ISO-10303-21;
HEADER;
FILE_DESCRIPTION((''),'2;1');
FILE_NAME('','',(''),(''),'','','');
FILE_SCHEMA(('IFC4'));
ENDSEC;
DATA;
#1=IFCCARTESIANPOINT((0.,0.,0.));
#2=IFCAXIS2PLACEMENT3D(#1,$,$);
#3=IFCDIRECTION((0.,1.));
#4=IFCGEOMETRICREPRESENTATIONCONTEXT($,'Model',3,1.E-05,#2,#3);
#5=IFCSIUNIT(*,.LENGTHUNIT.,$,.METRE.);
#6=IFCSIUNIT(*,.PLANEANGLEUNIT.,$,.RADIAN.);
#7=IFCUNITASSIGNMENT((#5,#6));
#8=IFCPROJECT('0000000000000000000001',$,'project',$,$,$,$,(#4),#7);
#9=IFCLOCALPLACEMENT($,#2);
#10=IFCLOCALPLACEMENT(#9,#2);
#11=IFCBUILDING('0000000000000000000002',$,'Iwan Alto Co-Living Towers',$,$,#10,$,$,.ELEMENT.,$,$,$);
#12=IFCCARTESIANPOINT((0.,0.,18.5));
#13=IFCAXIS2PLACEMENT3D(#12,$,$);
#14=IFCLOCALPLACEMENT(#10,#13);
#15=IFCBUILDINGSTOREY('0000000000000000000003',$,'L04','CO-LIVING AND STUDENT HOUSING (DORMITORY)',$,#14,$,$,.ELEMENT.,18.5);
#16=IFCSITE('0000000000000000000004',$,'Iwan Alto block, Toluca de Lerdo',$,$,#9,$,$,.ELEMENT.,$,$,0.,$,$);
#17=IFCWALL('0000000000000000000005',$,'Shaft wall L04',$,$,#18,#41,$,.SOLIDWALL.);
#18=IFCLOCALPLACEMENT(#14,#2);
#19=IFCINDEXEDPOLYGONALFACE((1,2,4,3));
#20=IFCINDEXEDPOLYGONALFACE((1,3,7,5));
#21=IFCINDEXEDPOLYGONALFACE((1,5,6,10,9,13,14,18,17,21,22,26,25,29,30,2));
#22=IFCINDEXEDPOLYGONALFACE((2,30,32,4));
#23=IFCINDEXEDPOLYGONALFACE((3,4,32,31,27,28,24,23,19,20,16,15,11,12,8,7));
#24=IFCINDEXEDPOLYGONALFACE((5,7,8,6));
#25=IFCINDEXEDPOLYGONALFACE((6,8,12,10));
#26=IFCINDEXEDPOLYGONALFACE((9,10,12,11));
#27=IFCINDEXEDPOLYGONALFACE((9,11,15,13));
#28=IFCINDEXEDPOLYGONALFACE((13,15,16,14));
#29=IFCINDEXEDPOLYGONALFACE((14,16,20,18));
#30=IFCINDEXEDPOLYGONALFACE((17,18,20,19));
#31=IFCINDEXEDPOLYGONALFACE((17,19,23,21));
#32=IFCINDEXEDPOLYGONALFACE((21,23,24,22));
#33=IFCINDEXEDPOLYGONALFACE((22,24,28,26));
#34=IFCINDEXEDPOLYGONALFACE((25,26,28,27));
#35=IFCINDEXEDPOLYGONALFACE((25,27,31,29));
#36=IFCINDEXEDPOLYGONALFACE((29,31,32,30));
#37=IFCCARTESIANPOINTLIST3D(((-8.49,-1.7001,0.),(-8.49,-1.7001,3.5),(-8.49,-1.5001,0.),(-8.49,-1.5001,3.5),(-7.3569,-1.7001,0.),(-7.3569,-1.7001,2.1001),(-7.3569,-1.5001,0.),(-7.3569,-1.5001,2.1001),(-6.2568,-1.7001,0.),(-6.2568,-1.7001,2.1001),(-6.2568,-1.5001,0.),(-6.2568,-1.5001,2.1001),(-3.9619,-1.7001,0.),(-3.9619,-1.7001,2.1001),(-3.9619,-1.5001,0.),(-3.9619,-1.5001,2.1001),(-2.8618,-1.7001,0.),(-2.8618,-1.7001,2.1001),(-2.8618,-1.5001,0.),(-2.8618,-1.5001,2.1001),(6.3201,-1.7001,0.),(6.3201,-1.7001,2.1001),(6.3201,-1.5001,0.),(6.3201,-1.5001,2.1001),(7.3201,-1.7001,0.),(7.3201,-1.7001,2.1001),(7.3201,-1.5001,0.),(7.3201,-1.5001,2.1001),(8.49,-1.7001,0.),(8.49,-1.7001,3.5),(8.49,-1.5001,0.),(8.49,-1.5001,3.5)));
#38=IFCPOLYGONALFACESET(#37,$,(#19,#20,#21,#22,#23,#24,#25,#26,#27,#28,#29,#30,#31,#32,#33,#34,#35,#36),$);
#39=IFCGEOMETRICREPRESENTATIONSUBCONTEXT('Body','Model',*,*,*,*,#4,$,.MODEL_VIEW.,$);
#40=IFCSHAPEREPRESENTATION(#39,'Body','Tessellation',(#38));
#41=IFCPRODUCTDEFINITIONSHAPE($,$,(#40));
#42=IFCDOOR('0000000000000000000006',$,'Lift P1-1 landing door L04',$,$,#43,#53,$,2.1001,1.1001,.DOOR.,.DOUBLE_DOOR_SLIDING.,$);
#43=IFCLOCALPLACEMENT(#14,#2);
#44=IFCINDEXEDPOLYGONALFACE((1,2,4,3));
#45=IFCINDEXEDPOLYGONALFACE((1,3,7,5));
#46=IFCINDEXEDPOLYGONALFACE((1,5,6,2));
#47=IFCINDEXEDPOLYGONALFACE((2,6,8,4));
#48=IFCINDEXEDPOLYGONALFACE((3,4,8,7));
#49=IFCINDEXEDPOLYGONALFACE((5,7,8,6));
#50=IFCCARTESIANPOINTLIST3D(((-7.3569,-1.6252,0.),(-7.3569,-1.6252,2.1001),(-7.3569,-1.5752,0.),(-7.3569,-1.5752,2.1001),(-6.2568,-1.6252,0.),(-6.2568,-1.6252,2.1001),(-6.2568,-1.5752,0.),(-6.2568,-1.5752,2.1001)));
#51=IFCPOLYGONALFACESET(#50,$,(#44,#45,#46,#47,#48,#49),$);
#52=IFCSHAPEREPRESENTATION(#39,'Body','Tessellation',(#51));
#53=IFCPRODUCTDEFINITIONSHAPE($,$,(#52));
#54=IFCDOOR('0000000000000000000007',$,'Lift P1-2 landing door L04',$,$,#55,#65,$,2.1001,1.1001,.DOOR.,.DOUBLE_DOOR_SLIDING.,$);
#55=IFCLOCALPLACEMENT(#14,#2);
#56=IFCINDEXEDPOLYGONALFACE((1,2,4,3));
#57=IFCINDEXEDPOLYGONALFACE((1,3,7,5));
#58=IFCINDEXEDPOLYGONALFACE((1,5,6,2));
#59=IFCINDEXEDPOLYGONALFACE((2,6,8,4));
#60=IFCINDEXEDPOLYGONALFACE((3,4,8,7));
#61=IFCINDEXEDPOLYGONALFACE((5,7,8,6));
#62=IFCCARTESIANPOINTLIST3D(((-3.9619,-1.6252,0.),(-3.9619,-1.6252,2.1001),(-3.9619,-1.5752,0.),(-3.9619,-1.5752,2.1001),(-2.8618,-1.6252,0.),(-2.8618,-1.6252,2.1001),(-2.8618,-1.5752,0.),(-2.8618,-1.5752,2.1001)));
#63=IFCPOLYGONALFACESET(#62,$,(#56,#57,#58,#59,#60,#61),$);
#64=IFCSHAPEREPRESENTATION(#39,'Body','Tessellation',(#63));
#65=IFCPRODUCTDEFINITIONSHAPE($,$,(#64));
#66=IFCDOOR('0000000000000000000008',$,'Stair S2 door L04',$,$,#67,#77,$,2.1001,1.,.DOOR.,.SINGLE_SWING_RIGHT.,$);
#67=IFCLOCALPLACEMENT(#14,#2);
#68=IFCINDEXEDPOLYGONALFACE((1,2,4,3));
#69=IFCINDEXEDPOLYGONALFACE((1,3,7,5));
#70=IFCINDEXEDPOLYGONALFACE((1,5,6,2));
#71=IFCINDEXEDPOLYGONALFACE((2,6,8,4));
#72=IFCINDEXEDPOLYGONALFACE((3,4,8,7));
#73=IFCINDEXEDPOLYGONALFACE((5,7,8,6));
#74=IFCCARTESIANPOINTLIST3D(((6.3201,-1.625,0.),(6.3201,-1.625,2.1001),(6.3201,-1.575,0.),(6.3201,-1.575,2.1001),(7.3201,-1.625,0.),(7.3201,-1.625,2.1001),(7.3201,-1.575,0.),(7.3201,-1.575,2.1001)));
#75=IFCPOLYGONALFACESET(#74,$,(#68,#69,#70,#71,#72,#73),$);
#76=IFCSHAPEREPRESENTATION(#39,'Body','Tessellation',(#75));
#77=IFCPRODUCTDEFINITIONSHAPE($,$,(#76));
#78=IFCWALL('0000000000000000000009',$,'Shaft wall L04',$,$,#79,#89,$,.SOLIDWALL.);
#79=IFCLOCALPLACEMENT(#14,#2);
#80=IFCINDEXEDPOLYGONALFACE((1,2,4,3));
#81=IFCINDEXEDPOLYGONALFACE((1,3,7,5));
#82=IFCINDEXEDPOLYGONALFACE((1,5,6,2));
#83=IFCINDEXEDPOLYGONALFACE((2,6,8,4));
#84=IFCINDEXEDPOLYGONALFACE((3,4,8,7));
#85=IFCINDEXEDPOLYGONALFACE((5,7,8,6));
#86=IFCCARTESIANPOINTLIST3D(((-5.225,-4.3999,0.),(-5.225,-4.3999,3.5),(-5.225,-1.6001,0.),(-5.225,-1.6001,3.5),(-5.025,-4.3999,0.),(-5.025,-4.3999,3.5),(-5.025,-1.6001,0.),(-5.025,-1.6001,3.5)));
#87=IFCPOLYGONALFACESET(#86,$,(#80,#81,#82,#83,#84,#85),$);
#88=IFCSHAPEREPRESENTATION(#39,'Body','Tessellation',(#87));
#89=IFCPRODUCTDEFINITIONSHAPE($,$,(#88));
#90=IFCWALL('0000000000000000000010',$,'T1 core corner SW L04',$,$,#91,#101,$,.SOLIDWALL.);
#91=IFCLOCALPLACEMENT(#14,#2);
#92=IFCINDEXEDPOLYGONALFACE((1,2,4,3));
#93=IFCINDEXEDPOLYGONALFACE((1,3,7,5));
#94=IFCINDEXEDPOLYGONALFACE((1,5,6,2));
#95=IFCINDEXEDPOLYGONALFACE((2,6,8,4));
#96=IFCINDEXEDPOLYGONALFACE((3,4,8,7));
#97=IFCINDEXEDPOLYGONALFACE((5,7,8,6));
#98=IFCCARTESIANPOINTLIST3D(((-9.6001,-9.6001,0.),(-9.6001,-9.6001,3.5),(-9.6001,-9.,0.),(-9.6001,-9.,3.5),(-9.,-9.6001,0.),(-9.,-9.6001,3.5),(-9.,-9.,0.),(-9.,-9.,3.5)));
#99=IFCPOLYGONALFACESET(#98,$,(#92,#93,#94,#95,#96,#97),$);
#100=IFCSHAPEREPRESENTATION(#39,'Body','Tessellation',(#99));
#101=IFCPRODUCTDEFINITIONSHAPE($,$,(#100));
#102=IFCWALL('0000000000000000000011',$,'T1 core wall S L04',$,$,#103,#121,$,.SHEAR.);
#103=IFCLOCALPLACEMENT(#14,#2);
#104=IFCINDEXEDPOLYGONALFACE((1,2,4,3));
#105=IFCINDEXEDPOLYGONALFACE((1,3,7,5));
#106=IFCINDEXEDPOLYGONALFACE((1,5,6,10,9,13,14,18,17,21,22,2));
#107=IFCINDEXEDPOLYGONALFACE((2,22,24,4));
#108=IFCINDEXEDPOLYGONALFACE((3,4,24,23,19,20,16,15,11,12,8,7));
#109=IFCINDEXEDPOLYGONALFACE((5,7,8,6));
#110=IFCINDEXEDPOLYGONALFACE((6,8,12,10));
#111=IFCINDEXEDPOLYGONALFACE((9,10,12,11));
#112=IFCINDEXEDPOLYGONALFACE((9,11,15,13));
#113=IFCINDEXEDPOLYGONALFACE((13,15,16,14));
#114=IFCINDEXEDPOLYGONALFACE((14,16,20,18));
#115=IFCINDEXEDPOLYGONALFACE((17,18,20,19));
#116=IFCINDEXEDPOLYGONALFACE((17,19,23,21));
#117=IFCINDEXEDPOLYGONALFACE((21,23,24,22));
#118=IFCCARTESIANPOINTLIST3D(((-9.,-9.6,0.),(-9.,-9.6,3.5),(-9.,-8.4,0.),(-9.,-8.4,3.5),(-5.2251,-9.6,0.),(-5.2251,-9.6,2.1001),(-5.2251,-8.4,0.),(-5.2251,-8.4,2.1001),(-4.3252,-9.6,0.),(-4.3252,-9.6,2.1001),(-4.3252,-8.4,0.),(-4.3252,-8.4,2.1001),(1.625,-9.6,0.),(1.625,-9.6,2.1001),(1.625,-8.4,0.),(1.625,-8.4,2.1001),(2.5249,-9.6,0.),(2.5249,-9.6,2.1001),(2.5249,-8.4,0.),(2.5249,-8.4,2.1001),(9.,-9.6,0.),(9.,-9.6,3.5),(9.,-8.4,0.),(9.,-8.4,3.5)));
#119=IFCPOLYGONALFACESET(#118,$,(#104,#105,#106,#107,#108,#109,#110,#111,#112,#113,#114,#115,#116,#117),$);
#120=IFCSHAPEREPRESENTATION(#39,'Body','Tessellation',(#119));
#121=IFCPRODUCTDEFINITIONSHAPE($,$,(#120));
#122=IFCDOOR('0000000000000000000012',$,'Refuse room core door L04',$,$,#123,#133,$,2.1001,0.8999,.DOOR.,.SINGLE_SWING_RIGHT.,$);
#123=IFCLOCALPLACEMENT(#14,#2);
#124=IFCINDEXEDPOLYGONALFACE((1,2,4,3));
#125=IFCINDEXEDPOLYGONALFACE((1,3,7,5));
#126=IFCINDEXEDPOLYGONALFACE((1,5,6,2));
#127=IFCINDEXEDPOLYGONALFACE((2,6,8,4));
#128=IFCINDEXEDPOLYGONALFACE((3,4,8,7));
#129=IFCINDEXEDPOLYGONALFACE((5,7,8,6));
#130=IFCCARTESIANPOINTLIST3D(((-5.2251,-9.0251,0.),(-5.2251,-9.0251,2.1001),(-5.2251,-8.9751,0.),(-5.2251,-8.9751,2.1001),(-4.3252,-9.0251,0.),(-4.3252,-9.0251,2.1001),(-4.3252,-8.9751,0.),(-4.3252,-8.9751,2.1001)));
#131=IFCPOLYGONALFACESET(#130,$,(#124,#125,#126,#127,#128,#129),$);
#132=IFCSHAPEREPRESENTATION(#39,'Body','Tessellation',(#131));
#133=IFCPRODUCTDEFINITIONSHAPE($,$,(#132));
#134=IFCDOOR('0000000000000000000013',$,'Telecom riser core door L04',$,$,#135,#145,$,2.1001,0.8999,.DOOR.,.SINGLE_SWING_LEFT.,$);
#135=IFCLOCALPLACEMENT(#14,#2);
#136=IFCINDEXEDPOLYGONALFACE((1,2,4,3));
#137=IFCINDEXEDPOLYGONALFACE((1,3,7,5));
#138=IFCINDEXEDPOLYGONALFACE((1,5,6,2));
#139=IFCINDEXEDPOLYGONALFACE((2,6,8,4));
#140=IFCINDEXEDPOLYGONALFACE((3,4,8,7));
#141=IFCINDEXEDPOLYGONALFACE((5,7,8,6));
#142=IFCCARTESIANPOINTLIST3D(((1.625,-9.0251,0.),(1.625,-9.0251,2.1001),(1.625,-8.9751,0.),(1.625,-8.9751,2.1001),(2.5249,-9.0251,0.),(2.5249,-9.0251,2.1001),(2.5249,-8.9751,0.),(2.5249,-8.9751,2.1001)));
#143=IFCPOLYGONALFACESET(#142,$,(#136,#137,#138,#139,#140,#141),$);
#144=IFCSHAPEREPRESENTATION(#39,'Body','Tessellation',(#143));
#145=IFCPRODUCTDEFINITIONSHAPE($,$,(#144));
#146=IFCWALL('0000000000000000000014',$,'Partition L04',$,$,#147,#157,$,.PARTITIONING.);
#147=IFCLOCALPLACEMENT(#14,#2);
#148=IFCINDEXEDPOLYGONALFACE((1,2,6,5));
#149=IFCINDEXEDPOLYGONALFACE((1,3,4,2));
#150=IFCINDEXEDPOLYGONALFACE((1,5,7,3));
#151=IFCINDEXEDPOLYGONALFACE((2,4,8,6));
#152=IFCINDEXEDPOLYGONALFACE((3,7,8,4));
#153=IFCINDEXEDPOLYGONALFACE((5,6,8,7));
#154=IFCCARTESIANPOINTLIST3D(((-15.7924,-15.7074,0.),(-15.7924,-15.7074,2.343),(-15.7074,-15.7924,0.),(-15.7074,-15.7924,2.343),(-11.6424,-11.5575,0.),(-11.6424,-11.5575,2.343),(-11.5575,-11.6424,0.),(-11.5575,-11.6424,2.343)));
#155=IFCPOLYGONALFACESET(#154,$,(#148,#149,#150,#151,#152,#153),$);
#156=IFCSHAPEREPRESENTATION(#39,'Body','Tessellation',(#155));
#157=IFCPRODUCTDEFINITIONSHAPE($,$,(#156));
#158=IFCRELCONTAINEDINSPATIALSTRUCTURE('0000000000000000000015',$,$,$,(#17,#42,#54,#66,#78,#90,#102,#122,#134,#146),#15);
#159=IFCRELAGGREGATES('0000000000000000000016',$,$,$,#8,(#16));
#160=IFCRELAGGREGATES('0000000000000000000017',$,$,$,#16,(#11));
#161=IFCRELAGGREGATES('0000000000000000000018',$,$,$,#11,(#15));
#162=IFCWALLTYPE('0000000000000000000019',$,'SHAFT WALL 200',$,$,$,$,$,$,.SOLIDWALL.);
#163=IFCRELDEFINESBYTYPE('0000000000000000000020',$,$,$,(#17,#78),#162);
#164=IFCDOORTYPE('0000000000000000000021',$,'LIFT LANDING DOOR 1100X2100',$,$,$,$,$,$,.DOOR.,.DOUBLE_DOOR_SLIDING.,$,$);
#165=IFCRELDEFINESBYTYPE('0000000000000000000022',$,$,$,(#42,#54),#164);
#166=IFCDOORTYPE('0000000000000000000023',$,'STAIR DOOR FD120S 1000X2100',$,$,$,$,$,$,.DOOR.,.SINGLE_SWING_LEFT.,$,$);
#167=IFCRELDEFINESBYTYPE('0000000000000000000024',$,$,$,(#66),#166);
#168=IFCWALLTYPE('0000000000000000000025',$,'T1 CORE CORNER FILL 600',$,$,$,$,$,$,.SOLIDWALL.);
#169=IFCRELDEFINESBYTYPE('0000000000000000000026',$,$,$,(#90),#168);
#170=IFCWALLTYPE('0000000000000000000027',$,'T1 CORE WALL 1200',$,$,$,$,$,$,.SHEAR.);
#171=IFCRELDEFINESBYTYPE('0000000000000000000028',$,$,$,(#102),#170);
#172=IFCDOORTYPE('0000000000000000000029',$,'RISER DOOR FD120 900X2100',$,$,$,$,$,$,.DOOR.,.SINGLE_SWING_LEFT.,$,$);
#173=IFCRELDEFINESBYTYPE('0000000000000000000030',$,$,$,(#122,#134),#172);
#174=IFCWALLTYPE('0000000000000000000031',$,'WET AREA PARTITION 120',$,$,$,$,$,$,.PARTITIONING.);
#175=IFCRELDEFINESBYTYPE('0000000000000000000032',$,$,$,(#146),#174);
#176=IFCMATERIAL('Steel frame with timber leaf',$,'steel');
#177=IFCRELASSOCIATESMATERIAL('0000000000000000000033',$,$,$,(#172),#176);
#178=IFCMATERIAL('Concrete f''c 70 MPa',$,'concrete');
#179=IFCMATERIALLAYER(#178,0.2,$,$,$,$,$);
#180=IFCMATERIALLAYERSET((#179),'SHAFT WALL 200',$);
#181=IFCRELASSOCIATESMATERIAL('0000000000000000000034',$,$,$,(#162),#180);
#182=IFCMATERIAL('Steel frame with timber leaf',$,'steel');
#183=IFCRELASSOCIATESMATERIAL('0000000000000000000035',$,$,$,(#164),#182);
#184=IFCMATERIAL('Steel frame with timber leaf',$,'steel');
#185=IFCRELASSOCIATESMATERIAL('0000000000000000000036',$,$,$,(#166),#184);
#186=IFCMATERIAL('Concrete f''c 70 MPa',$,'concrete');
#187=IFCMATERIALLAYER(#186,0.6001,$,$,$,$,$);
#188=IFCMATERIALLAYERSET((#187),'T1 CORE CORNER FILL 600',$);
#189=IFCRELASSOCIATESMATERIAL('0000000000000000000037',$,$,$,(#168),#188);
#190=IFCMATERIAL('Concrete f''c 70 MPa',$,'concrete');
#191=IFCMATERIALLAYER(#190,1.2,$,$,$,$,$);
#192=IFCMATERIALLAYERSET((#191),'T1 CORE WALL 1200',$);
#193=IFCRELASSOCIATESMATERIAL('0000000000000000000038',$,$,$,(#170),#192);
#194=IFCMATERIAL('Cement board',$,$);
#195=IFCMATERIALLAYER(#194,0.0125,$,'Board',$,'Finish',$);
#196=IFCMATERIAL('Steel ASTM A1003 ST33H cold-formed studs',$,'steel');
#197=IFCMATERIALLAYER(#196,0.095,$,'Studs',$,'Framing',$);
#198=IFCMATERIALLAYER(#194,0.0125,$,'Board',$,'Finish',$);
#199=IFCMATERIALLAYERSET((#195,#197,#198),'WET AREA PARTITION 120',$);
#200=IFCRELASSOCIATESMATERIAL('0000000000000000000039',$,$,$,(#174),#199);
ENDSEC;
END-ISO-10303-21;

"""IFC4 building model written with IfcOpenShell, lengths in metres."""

from ifc_helpers import new_model, si_unit, direction, frame, frame_2d, origin, place, context, subcontext, project, spatial, rectangle, extrude, material, layer, layer_set, type_object, element, fill, save


model = new_model("IFC4")

# Units and contexts
model_context = context("Model", 3, precision=1e-05, world=origin(), true_north=direction((0.0, 1.0)))
body_context = subcontext(model_context, "Body", "Model", "MODEL_VIEW")
ifc_project = project(units=[si_unit("LENGTHUNIT", "METRE"), si_unit("PLANEANGLEUNIT", "RADIAN")], contexts=[model_context])

# Site, building, storey
site_placement = place(None, origin())
site = spatial("IfcSite", under=ifc_project, at=site_placement, Name="Iwan Alto block, Toluca de Lerdo", CompositionType="ELEMENT", RefElevation=0.0)
building_placement = place(site_placement, origin())
building = spatial("IfcBuilding", under=site, at=building_placement, Name="Iwan Alto Co-Living Towers", CompositionType="ELEMENT")
storey_placement = place(building_placement, frame((0.0, 0.0, 18.5)))
storey = spatial("IfcBuildingStorey", under=building, at=storey_placement, Name="L04", Description="CO-LIVING AND STUDENT HOUSING (DORMITORY)", CompositionType="ELEMENT", Elevation=18.5)

# Shared definitions
ifc_material_1 = material(Name="Steel ASTM A1003 ST33H cold-formed studs", Category="steel")
ifc_material_2 = material(Name="Steel frame with timber leaf", Category="steel")
door_type_1 = type_object("IfcDoorType", Name="RISER DOOR FD120 900X2100", OperationType="SINGLE_SWING_LEFT", PredefinedType="DOOR", material=ifc_material_2)

# Shared definitions
ifc_material_3 = material(Name="Concrete f'c 70 MPa", Category="concrete")
ifc_layer_1 = layer(ifc_material_3, 0.2)
ifc_layer_set_1 = layer_set([ifc_layer_1], Name="SHAFT WALL 200")
wall_type_1 = type_object("IfcWallType", Name="SHAFT WALL 200", PredefinedType="SOLIDWALL", material=ifc_layer_set_1)

# Wall, openings, doors
wall_1_placement = place(storey_placement, frame((-8.49, -1.6001, 0.0), z_axis=(0.0, 0.0, 1.0), x_axis=(1.0, 0.0, 0.0)))
wall_1 = element("IfcWall", 1, at=wall_1_placement, inside=storey, type_object=wall_type_1, Name="Shaft wall L04", PredefinedType="SOLIDWALL", context=body_context, shape_type="SweptSolid", body=[
    extrude(rectangle(XDim=16.98, YDim=0.2, at=frame_2d((8.49, 0.0))), origin(), (0.0, 0.0, 1.0), 3.5),
])
opening_1_placement = place(wall_1_placement, frame((14.8101, 0.0, 0.0)))
opening_1 = element("IfcOpeningElement", 2, at=opening_1_placement, cuts=wall_1, PredefinedType="OPENING", context=body_context, shape_type="SweptSolid", body=[
    extrude(rectangle(XDim=1.0, YDim=2.1001, at=frame_2d((0.5, 1.05))), frame((0.0, 0.1099, 0.0), z_axis=(0.0, -1.0, 0.0), x_axis=(1.0, 0.0, 0.0)), (0.0, 0.0, 1.0), 0.22),
])
opening_2_placement = place(wall_1_placement, frame((1.1331, 0.0, 0.0)))
opening_2 = element("IfcOpeningElement", 3, at=opening_2_placement, cuts=wall_1, PredefinedType="OPENING", context=body_context, shape_type="SweptSolid", body=[
    extrude(rectangle(XDim=1.1001, YDim=2.1001, at=frame_2d((0.55, 1.05))), frame((0.0, 0.1099, 0.0), z_axis=(0.0, -1.0, 0.0), x_axis=(1.0, 0.0, 0.0)), (0.0, 0.0, 1.0), 0.22),
])
opening_3_placement = place(wall_1_placement, frame((4.5281, 0.0, 0.0)))
opening_3 = element("IfcOpeningElement", 4, at=opening_3_placement, cuts=wall_1, PredefinedType="OPENING", context=body_context, shape_type="SweptSolid", body=[
    extrude(rectangle(XDim=1.1001, YDim=2.1001, at=frame_2d((0.55, 1.05))), frame((0.0, 0.1099, 0.0), z_axis=(0.0, -1.0, 0.0), x_axis=(1.0, 0.0, 0.0)), (0.0, 0.0, 1.0), 0.22),
])
ifc_material_4 = material(Name="Steel frame with timber leaf", Category="steel")
door_type_2 = type_object("IfcDoorType", Name="LIFT LANDING DOOR 1100X2100", OperationType="DOUBLE_DOOR_SLIDING", PredefinedType="DOOR", material=ifc_material_4)
door_1_placement = place(opening_2_placement, origin())
door_1 = element("IfcDoor", 5, at=door_1_placement, inside=storey, type_object=door_type_2, Name="Lift P1-1 landing door L04", OperationType="DOUBLE_DOOR_SLIDING", OverallHeight=2.1001, OverallWidth=1.1001, PredefinedType="DOOR", context=body_context, shape_type="SweptSolid", body=[
    extrude(rectangle(XDim=1.1001, YDim=2.1001, at=frame_2d((0.55, 1.05))), frame((0.0, 0.0249, 0.0), z_axis=(0.0, -1.0, 0.0), x_axis=(1.0, 0.0, 0.0)), (0.0, 0.0, 1.0), 0.05),
])
fill(opening_2, door_1)
door_2_placement = place(opening_3_placement, origin())
door_2 = element("IfcDoor", 6, at=door_2_placement, inside=storey, type_object=door_type_2, Name="Lift P1-2 landing door L04", OperationType="DOUBLE_DOOR_SLIDING", OverallHeight=2.1001, OverallWidth=1.1001, PredefinedType="DOOR", context=body_context, shape_type="SweptSolid", body=[
    extrude(rectangle(XDim=1.1001, YDim=2.1001, at=frame_2d((0.55, 1.05))), frame((0.0, 0.0249, 0.0), z_axis=(0.0, -1.0, 0.0), x_axis=(1.0, 0.0, 0.0)), (0.0, 0.0, 1.0), 0.05),
])
fill(opening_3, door_2)
ifc_material_5 = material(Name="Steel frame with timber leaf", Category="steel")
door_type_3 = type_object("IfcDoorType", Name="STAIR DOOR FD120S 1000X2100", OperationType="SINGLE_SWING_LEFT", PredefinedType="DOOR", material=ifc_material_5)
door_3_placement = place(opening_1_placement, frame((1.0, 0.0, 0.0), z_axis=(0.0, 0.0, 1.0), x_axis=(-1.0, 0.0, 0.0)))
door_3 = element("IfcDoor", 7, at=door_3_placement, inside=storey, type_object=door_type_3, Name="Stair S2 door L04", OperationType="SINGLE_SWING_RIGHT", OverallHeight=2.1001, OverallWidth=1.0, PredefinedType="DOOR", context=body_context, shape_type="SweptSolid", body=[
    extrude(rectangle(XDim=1.0, YDim=2.1001, at=frame_2d((0.5, 1.05))), frame((0.0, 0.0249, 0.0), z_axis=(0.0, -1.0, 0.0), x_axis=(1.0, 0.0, 0.0)), (0.0, 0.0, 1.0), 0.05),
])
fill(opening_1, door_3)

# Walls
wall_2_placement = place(storey_placement, frame((-5.125, -4.3999, 0.0), z_axis=(0.0, 0.0, 1.0), x_axis=(0.0, 1.0, 0.0)))
element("IfcWall", 8, at=wall_2_placement, inside=storey, type_object=wall_type_1, Name="Shaft wall L04", PredefinedType="SOLIDWALL", context=body_context, shape_type="SweptSolid", body=[
    extrude(rectangle(XDim=2.7998, YDim=0.2, at=frame_2d((1.3999, 0.0))), origin(), (0.0, 0.0, 1.0), 3.5),
])
ifc_material_6 = material(Name="Concrete f'c 70 MPa", Category="concrete")
ifc_layer_2 = layer(ifc_material_6, 0.6001)
ifc_layer_set_2 = layer_set([ifc_layer_2], Name="T1 CORE CORNER FILL 600")
wall_type_2 = type_object("IfcWallType", Name="T1 CORE CORNER FILL 600", PredefinedType="SOLIDWALL", material=ifc_layer_set_2)
wall_3_placement = place(storey_placement, frame((-9.6001, -9.3, 0.0), z_axis=(0.0, 0.0, 1.0), x_axis=(1.0, 0.0, 0.0)))
element("IfcWall", 9, at=wall_3_placement, inside=storey, type_object=wall_type_2, Name="T1 core corner SW L04", PredefinedType="SOLIDWALL", context=body_context, shape_type="SweptSolid", body=[
    extrude(rectangle(XDim=0.6001, YDim=0.6001, at=frame_2d((0.3, 0.0))), origin(), (0.0, 0.0, 1.0), 3.5),
])

# Wall, openings, doors
ifc_material_7 = material(Name="Concrete f'c 70 MPa", Category="concrete")
ifc_layer_3 = layer(ifc_material_7, 1.2)
ifc_layer_set_3 = layer_set([ifc_layer_3], Name="T1 CORE WALL 1200")
wall_type_3 = type_object("IfcWallType", Name="T1 CORE WALL 1200", PredefinedType="SHEAR", material=ifc_layer_set_3)
wall_4_placement = place(storey_placement, frame((-9.0, -9.0, 0.0), z_axis=(0.0, 0.0, 1.0), x_axis=(1.0, 0.0, 0.0)))
wall_4 = element("IfcWall", 10, at=wall_4_placement, inside=storey, type_object=wall_type_3, Name="T1 core wall S L04", PredefinedType="SHEAR", context=body_context, shape_type="SweptSolid", body=[
    extrude(rectangle(XDim=18.0, YDim=1.2, at=frame_2d((9.0, 0.0))), origin(), (0.0, 0.0, 1.0), 3.5),
])
opening_4_placement = place(wall_4_placement, frame((3.7749, 0.0, 0.0)))
opening_4 = element("IfcOpeningElement", 11, at=opening_4_placement, cuts=wall_4, PredefinedType="OPENING", context=body_context, shape_type="SweptSolid", body=[
    extrude(rectangle(XDim=0.8999, YDim=2.1001, at=frame_2d((0.45, 1.05))), frame((0.0, 0.6099, 0.0), z_axis=(0.0, -1.0, 0.0), x_axis=(1.0, 0.0, 0.0)), (0.0, 0.0, 1.0), 1.22),
])
opening_5_placement = place(wall_4_placement, frame((10.625, 0.0, 0.0)))
opening_5 = element("IfcOpeningElement", 12, at=opening_5_placement, cuts=wall_4, PredefinedType="OPENING", context=body_context, shape_type="SweptSolid", body=[
    extrude(rectangle(XDim=0.8999, YDim=2.1001, at=frame_2d((0.45, 1.05))), frame((0.0, 0.6099, 0.0), z_axis=(0.0, -1.0, 0.0), x_axis=(1.0, 0.0, 0.0)), (0.0, 0.0, 1.0), 1.22),
])
door_4_placement = place(opening_4_placement, origin())
door_4 = element("IfcDoor", 13, at=door_4_placement, inside=storey, type_object=door_type_1, Name="Refuse room core door L04", OperationType="SINGLE_SWING_RIGHT", OverallHeight=2.1001, OverallWidth=0.8999, PredefinedType="DOOR", context=body_context, shape_type="SweptSolid", body=[
    extrude(rectangle(XDim=0.8999, YDim=2.1001, at=frame_2d((0.45, 1.05))), frame((0.0, 0.0249, 0.0), z_axis=(0.0, -1.0, 0.0), x_axis=(1.0, 0.0, 0.0)), (0.0, 0.0, 1.0), 0.05),
])
fill(opening_4, door_4)
door_5_placement = place(opening_5_placement, origin())
door_5 = element("IfcDoor", 14, at=door_5_placement, inside=storey, type_object=door_type_1, Name="Telecom riser core door L04", OperationType="SINGLE_SWING_LEFT", OverallHeight=2.1001, OverallWidth=0.8999, PredefinedType="DOOR", context=body_context, shape_type="SweptSolid", body=[
    extrude(rectangle(XDim=0.8999, YDim=2.1001, at=frame_2d((0.45, 1.05))), frame((0.0, 0.0249, 0.0), z_axis=(0.0, -1.0, 0.0), x_axis=(1.0, 0.0, 0.0)), (0.0, 0.0, 1.0), 0.05),
])
fill(opening_5, door_5)

# Wall
ifc_material_8 = material(Name="Cement board")
ifc_layer_4 = layer(ifc_material_8, 0.0125, Name="Board", Category="Finish")
ifc_layer_5 = layer(ifc_material_1, 0.095, Name="Studs", Category="Framing")
ifc_layer_6 = layer(ifc_material_8, 0.0125, Name="Board", Category="Finish")
ifc_layer_set_4 = layer_set([ifc_layer_4, ifc_layer_5, ifc_layer_6], Name="WET AREA PARTITION 120")
wall_type_4 = type_object("IfcWallType", Name="WET AREA PARTITION 120", PredefinedType="PARTITIONING", material=ifc_layer_set_4)
wall_5_placement = place(storey_placement, frame((-15.75, -15.75, 0.0), z_axis=(0.0, 0.0, 1.0), x_axis=(0.707107, 0.707107, 0.0)))
element("IfcWall", 15, at=wall_5_placement, inside=storey, type_object=wall_type_4, Name="Partition L04", PredefinedType="PARTITIONING", context=body_context, shape_type="SweptSolid", body=[
    extrude(rectangle(XDim=5.8689, YDim=0.1201, at=frame_2d((2.9346, 0.0))), origin(), (0.0, 0.0, 1.0), 2.343),
])

save(model, "model.ifc")
